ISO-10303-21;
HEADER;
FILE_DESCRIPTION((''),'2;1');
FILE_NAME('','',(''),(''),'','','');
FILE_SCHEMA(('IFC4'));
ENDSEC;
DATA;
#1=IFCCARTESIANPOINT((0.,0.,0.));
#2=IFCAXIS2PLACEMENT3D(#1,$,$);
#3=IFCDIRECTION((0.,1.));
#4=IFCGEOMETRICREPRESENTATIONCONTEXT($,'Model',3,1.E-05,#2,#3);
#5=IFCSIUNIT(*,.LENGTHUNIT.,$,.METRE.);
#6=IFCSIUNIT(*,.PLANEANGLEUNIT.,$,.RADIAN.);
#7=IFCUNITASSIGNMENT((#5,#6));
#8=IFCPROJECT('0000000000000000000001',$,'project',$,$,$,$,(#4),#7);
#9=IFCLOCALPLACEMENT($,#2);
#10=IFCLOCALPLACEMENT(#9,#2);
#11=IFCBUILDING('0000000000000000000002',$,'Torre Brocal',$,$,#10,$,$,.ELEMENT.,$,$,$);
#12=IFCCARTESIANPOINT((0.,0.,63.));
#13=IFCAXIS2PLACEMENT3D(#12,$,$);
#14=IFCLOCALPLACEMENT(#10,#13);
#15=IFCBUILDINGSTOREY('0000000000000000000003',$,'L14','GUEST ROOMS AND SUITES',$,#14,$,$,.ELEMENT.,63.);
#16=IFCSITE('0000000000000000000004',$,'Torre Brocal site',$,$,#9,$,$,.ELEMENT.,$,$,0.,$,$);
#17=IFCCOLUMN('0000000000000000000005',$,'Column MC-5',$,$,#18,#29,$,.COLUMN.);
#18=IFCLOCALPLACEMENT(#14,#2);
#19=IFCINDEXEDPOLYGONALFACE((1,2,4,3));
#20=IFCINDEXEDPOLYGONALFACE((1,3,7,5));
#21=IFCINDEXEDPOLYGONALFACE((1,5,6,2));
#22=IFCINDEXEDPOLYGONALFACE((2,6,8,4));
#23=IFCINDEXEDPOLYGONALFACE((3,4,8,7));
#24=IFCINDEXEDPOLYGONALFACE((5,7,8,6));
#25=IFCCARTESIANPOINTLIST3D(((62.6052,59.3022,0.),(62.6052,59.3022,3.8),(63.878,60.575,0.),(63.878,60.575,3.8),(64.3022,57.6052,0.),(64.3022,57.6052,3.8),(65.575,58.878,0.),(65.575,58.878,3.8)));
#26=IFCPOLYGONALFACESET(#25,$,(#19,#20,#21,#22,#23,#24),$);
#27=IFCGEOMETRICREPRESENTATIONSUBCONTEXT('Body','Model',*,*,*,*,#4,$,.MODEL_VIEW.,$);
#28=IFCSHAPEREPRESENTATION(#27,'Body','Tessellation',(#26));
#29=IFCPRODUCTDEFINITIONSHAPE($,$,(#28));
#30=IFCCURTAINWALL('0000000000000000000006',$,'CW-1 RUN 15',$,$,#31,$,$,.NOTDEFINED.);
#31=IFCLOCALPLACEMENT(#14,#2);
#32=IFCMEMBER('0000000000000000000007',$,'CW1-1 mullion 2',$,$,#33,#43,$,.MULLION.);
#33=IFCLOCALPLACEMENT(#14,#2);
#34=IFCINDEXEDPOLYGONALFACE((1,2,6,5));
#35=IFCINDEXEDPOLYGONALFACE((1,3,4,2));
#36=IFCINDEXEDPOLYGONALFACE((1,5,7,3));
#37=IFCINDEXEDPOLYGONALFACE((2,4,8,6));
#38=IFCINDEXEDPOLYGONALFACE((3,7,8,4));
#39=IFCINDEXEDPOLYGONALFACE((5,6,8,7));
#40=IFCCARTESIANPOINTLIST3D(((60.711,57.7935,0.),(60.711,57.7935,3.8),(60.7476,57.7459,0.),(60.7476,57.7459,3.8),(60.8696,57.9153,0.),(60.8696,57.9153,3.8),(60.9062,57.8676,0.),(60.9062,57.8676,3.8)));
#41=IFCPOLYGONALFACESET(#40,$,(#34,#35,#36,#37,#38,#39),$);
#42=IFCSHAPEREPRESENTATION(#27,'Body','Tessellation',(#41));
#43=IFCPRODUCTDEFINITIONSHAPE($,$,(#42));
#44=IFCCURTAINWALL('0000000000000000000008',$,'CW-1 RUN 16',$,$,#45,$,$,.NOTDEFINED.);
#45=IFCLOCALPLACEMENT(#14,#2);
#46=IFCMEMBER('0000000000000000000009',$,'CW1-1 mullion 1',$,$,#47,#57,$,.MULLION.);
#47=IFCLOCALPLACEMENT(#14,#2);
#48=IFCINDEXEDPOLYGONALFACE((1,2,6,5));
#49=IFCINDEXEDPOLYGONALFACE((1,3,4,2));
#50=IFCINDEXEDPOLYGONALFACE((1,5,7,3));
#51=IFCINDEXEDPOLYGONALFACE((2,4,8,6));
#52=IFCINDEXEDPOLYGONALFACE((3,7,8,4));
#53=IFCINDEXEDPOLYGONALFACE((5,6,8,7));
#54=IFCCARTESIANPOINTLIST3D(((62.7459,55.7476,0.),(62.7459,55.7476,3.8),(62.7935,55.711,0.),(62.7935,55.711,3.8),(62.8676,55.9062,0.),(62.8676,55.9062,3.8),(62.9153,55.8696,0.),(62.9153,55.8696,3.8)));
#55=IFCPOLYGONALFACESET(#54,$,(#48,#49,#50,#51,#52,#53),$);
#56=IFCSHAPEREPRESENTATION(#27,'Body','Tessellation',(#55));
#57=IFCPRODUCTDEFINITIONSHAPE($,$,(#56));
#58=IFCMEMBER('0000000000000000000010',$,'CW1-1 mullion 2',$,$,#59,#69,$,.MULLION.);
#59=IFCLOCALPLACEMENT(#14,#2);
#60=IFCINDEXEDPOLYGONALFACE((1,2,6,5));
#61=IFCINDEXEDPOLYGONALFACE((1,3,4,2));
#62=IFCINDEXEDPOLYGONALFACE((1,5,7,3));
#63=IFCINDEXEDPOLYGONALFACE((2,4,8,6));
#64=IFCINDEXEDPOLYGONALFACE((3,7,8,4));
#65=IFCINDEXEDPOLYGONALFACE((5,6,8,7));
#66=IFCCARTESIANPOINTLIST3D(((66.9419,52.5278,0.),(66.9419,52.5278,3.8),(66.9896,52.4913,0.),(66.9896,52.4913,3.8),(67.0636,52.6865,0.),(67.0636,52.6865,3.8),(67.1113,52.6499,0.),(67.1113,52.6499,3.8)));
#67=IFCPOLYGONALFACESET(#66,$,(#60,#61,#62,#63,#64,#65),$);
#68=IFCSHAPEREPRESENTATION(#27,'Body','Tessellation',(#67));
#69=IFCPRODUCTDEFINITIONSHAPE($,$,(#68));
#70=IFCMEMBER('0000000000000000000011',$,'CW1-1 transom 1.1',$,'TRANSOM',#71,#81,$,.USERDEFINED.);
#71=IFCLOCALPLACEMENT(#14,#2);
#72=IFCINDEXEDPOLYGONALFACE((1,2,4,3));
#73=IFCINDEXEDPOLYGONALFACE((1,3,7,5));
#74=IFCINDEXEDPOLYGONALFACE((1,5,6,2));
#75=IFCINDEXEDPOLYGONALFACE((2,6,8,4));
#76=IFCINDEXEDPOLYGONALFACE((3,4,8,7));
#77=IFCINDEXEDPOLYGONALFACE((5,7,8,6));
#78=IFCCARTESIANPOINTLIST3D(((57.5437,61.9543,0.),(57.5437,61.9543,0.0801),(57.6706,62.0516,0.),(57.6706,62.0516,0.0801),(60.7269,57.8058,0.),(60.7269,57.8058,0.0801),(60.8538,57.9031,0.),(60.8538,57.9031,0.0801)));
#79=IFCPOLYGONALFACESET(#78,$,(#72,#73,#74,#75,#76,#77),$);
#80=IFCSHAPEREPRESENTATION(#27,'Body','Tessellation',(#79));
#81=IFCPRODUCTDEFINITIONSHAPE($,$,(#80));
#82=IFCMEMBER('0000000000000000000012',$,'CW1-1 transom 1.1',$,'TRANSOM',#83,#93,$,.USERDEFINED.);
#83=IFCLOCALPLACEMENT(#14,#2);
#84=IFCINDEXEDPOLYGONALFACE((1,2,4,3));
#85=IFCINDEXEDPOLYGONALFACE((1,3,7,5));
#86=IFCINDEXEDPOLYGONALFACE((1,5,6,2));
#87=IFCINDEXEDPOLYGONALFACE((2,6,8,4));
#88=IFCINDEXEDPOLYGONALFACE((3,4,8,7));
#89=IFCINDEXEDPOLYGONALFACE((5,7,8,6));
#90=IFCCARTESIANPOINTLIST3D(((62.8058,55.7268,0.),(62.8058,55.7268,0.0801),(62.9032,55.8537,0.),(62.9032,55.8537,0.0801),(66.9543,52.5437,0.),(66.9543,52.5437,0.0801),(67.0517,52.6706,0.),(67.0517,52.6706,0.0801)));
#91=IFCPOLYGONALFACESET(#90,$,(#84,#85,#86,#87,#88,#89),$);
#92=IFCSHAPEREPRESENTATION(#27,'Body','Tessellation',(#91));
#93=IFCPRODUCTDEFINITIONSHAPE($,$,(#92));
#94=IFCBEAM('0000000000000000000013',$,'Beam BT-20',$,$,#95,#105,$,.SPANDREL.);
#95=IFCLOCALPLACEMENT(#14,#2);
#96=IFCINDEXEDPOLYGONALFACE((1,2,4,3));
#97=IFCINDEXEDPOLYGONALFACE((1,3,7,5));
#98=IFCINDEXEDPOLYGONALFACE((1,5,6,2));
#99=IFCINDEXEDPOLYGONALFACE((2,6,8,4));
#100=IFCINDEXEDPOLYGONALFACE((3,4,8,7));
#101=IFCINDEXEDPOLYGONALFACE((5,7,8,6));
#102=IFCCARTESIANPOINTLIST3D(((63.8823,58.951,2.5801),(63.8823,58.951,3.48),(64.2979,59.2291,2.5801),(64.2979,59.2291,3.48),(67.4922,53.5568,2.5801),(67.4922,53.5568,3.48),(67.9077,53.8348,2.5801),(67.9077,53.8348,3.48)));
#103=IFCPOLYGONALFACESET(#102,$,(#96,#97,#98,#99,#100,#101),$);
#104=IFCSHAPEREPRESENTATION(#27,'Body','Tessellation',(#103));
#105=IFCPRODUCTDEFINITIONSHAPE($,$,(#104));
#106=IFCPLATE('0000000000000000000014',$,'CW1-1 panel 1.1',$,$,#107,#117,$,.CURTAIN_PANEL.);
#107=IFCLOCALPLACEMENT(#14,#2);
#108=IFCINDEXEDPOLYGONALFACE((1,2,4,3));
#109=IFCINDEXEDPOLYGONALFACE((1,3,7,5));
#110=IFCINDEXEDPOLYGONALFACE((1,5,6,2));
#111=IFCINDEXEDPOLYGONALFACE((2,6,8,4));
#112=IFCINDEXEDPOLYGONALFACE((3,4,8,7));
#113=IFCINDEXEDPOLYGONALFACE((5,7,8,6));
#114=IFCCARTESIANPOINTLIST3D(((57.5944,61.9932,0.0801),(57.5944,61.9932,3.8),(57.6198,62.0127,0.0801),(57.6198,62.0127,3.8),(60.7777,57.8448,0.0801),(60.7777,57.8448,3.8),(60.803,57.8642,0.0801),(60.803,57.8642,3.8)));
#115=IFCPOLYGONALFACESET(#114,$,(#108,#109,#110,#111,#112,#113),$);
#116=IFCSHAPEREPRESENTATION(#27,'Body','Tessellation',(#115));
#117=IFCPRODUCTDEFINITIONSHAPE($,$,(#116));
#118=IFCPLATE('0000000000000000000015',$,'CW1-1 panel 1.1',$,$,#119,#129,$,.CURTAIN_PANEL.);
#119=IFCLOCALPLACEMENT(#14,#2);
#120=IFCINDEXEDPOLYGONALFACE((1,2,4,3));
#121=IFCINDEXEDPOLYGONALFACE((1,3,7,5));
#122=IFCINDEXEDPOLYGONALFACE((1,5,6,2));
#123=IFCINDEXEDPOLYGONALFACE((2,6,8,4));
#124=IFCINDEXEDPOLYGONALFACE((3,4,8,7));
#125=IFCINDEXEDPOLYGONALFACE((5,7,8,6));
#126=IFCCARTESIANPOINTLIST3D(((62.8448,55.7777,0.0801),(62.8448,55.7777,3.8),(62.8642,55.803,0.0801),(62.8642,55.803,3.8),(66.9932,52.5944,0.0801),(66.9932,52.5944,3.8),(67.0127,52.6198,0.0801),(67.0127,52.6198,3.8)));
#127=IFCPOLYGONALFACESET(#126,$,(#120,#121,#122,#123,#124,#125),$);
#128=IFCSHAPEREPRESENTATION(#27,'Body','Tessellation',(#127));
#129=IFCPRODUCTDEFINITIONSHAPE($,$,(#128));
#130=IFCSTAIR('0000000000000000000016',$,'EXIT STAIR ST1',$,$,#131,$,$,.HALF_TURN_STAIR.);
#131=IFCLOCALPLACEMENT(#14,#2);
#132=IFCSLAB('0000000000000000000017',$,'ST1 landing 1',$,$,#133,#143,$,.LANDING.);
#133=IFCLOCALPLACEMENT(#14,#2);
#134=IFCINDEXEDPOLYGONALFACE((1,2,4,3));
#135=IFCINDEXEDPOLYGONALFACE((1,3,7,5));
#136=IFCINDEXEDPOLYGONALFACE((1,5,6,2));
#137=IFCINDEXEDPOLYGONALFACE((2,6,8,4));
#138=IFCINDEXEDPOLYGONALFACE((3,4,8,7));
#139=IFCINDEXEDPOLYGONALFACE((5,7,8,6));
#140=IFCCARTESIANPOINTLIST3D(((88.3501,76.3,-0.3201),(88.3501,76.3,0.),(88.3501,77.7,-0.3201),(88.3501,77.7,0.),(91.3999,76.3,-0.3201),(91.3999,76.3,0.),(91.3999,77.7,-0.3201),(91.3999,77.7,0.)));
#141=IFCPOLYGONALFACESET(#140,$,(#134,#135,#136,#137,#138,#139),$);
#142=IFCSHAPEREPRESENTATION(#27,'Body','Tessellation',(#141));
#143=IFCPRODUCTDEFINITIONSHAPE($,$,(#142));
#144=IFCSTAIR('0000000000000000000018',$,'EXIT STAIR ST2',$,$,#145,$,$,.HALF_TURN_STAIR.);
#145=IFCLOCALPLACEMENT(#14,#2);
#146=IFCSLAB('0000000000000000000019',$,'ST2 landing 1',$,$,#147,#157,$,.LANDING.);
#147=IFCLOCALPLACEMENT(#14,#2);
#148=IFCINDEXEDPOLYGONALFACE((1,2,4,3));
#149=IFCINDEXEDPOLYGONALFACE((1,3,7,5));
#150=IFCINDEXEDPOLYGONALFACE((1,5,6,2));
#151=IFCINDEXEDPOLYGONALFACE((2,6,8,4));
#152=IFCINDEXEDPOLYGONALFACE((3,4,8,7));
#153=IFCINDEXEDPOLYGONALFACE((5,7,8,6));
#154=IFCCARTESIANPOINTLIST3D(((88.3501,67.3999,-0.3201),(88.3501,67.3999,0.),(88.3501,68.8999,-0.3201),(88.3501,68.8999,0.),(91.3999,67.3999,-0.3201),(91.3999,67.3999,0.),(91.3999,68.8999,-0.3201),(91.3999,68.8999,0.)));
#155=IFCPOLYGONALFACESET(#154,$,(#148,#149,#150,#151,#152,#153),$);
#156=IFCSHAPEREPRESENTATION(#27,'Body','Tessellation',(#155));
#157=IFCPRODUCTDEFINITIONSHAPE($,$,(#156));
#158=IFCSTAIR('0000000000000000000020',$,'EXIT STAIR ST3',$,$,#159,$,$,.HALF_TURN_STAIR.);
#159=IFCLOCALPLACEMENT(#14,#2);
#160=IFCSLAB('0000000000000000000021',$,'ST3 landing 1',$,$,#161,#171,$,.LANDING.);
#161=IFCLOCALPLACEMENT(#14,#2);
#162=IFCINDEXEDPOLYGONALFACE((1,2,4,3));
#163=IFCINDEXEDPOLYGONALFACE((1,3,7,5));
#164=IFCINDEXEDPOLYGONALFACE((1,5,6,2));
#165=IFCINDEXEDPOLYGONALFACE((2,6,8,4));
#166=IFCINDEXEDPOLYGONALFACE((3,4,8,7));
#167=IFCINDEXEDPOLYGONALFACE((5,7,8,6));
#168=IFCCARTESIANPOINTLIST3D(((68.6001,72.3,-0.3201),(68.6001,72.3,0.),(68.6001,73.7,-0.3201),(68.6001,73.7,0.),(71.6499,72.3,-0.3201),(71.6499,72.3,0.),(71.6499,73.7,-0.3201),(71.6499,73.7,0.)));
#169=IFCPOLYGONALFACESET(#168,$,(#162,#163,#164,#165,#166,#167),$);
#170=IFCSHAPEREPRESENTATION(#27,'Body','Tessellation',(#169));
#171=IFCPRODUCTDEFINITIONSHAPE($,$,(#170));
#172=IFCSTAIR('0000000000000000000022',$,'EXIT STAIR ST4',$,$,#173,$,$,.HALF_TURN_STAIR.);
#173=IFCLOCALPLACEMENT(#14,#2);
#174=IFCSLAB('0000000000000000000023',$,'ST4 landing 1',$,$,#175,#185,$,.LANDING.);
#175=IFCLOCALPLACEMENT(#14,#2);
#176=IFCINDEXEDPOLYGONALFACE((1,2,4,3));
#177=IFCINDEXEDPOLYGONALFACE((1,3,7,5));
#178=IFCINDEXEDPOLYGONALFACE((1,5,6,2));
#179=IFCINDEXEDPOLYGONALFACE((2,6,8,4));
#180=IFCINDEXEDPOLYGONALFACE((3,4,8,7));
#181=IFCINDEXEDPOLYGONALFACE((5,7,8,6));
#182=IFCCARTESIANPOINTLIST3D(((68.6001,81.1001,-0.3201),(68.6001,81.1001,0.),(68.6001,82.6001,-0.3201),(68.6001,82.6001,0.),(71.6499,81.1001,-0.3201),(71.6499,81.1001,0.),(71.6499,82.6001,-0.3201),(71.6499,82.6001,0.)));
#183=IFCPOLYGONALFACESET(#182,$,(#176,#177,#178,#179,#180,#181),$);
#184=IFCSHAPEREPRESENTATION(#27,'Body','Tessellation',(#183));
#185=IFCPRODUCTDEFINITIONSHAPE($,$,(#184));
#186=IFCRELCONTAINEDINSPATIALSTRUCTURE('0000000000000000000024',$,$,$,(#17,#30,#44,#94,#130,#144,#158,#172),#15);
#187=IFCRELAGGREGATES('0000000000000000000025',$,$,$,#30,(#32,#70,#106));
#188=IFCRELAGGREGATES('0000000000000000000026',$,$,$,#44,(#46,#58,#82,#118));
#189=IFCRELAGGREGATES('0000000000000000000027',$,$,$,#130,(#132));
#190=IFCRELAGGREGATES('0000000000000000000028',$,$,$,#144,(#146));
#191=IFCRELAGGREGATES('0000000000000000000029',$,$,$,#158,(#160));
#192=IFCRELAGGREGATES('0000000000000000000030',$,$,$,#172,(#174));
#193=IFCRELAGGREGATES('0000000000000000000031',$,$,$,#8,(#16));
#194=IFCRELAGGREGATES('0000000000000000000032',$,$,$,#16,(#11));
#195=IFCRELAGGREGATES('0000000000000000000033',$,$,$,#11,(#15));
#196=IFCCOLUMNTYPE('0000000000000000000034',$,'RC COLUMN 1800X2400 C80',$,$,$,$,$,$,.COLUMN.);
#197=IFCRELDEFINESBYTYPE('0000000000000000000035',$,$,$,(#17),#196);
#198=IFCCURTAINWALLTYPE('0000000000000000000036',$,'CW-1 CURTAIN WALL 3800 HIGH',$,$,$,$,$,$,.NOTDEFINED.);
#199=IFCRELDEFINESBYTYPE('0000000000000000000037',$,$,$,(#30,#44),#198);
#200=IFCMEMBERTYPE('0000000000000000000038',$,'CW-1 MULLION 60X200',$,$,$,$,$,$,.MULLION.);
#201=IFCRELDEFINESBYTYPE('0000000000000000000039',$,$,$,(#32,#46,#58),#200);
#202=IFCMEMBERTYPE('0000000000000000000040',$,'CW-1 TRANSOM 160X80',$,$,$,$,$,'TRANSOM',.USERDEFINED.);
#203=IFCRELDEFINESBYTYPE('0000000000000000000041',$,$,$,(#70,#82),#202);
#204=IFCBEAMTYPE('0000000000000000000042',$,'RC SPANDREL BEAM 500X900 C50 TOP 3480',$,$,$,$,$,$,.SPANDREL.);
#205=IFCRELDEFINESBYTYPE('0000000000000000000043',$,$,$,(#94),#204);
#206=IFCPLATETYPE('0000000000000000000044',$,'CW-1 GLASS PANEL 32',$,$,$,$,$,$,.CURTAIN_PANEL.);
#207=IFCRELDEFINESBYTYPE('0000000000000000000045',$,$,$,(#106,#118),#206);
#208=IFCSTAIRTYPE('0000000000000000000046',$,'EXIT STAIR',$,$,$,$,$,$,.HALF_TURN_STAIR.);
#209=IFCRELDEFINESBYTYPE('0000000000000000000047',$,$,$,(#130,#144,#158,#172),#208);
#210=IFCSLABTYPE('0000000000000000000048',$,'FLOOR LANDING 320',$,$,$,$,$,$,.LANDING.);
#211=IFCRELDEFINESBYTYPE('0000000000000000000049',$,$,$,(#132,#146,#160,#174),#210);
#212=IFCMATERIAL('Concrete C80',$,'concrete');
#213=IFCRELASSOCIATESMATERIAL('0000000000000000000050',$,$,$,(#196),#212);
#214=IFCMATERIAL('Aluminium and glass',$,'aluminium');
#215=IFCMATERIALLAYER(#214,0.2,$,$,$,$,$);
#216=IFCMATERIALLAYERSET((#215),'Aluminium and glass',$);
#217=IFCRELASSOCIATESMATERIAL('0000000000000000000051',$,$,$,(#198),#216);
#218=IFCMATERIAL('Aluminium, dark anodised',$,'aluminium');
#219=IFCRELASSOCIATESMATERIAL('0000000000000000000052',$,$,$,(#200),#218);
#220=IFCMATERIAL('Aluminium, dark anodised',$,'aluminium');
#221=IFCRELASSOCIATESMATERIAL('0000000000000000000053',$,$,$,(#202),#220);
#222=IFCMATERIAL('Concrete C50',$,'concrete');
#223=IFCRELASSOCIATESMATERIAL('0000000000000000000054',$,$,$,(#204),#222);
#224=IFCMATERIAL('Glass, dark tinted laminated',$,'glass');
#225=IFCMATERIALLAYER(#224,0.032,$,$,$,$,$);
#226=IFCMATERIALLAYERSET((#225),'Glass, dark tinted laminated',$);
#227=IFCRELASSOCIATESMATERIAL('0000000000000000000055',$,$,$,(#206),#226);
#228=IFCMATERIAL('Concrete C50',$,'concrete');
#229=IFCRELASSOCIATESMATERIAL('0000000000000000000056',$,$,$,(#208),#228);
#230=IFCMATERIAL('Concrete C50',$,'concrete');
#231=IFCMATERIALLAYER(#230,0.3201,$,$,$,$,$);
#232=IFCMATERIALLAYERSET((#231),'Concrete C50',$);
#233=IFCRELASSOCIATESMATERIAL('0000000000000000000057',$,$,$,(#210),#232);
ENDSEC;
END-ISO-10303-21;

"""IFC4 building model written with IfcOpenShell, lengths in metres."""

from ifc_helpers import new_model, si_unit, direction, frame, origin, origin_2d, place, context, subcontext, project, spatial, polyline, rectangle, outline, extrude, material, layer, layer_set, material_profile, profile_set, type_object, element, aggregate, save


model = new_model("IFC4")

# Units and contexts
model_context = context("Model", 3, precision=1e-05, world=origin(), true_north=direction((0.0, 1.0)))
body_context = subcontext(model_context, "Body", "Model", "MODEL_VIEW")
ifc_project = project(units=[si_unit("LENGTHUNIT", "METRE"), si_unit("PLANEANGLEUNIT", "RADIAN")], contexts=[model_context])

# Site, building, storey
site_placement = place(None, origin())
site = spatial("IfcSite", under=ifc_project, at=site_placement, Name="Torre Brocal site", CompositionType="ELEMENT", RefElevation=0.0)
building_placement = place(site_placement, origin())
building = spatial("IfcBuilding", under=site, at=building_placement, Name="Torre Brocal", CompositionType="ELEMENT")
storey_placement = place(building_placement, frame((0.0, 0.0, 63.0)))
storey = spatial("IfcBuildingStorey", under=building, at=storey_placement, Name="L14", Description="GUEST ROOMS AND SUITES", CompositionType="ELEMENT", Elevation=63.0)

# Column
ifc_material_1 = material(Name="Concrete C80", Category="concrete")
ifc_material_profile_1 = material_profile(ifc_material_1, rectangle(XDim=1.8, YDim=2.3999, at=origin_2d()), Name="RC 1800X2400")
ifc_profile_set_1 = profile_set([ifc_material_profile_1], Name="Concrete C80")
column_type = type_object("IfcColumnType", Name="RC COLUMN 1800X2400 C80", PredefinedType="COLUMN", material=ifc_profile_set_1)
column_placement = place(storey_placement, frame((64.0901, 59.0901, 0.0), z_axis=(0.0, 0.0, 1.0), x_axis=(-0.707107, -0.707107, 0.0)))
element("IfcColumn", 1, at=column_placement, inside=storey, type_object=column_type, Name="Column MC-5", PredefinedType="COLUMN", context=body_context, shape_type="SweptSolid", body=[
    extrude(rectangle(XDim=1.8, YDim=2.3999, at=origin_2d()), origin(), (0.0, 0.0, 1.0), 3.8),
])

# Curtain wall, member
ifc_material_2 = material(Name="Aluminium and glass", Category="aluminium")
ifc_layer_1 = layer(ifc_material_2, 0.2)
ifc_layer_set_1 = layer_set([ifc_layer_1], Name="Aluminium and glass")
curtain_wall_type = type_object("IfcCurtainWallType", Name="CW-1 CURTAIN WALL 3800 HIGH", PredefinedType="NOTDEFINED", material=ifc_layer_set_1)
curtain_wall_1_placement = place(storey_placement, origin())
curtain_wall_1 = element("IfcCurtainWall", 2, at=curtain_wall_1_placement, inside=storey, type_object=curtain_wall_type, Name="CW-1 RUN 15", PredefinedType="NOTDEFINED")
ifc_material_3 = material(Name="Aluminium, dark anodised", Category="aluminium")
ifc_material_profile_2 = material_profile(ifc_material_3, rectangle(XDim=0.2, YDim=0.0601, at=origin_2d()), Name="CW-1 MULLION 60X200")
ifc_profile_set_2 = profile_set([ifc_material_profile_2], Name="Aluminium, dark anodised")
member_type_1 = type_object("IfcMemberType", Name="CW-1 MULLION 60X200", PredefinedType="MULLION", material=ifc_profile_set_2)
member_1_placement = place(storey_placement, frame((60.8086, 57.8306, 0.0), z_axis=(0.0, 0.0, 1.0), x_axis=(0.793353, 0.608761, 0.0)))
member_1 = element("IfcMember", 3, at=member_1_placement, type_object=member_type_1, Name="CW1-1 mullion 2", PredefinedType="MULLION", context=body_context, shape_type="SweptSolid", body=[
    extrude(rectangle(XDim=0.2, YDim=0.0601, at=origin_2d()), origin(), (0.0, 0.0, 1.0), 3.8),
])

# Curtain wall, members
curtain_wall_2_placement = place(storey_placement, origin())
curtain_wall_2 = element("IfcCurtainWall", 4, at=curtain_wall_2_placement, inside=storey, type_object=curtain_wall_type, Name="CW-1 RUN 16", PredefinedType="NOTDEFINED")
member_2_placement = place(storey_placement, frame((62.8306, 55.8086, 0.0), z_axis=(0.0, 0.0, 1.0), x_axis=(0.608761, 0.793353, 0.0)))
member_2 = element("IfcMember", 5, at=member_2_placement, type_object=member_type_1, Name="CW1-1 mullion 1", PredefinedType="MULLION", context=body_context, shape_type="SweptSolid", body=[
    extrude(rectangle(XDim=0.2, YDim=0.0601, at=origin_2d()), origin(), (0.0, 0.0, 1.0), 3.8),
])
member_3_placement = place(storey_placement, frame((67.0266, 52.5889, 0.0), z_axis=(0.0, 0.0, 1.0), x_axis=(0.608761, 0.793353, 0.0)))
member_3 = element("IfcMember", 6, at=member_3_placement, type_object=member_type_1, Name="CW1-1 mullion 2", PredefinedType="MULLION", context=body_context, shape_type="SweptSolid", body=[
    extrude(rectangle(XDim=0.2, YDim=0.0601, at=origin_2d()), origin(), (0.0, 0.0, 1.0), 3.8),
])

# Members
ifc_material_4 = material(Name="Aluminium, dark anodised", Category="aluminium")
ifc_material_profile_3 = material_profile(ifc_material_4, rectangle(XDim=0.1599, YDim=0.0801, at=origin_2d()), Name="CW-1 TRANSOM 160X80")
ifc_profile_set_3 = profile_set([ifc_material_profile_3], Name="Aluminium, dark anodised")
member_type_2 = type_object("IfcMemberType", Name="CW-1 TRANSOM 160X80", ElementType="TRANSOM", PredefinedType="USERDEFINED", material=ifc_profile_set_3)
member_4_placement = place(storey_placement, frame((57.6072, 62.0029, 0.04), z_axis=(0.608749, -0.793363, 0.0), x_axis=(0.793363, 0.608749, 0.0)))
member_4 = element("IfcMember", 7, at=member_4_placement, type_object=member_type_2, Name="CW1-1 transom 1.1", ObjectType="TRANSOM", PredefinedType="USERDEFINED", context=body_context, shape_type="SweptSolid", body=[
    extrude(rectangle(XDim=0.1599, YDim=0.0801, at=origin_2d()), origin(), (0.0, 0.0, 1.0), 5.229),
])
member_5_placement = place(storey_placement, frame((62.8545, 55.7903, 0.04), z_axis=(0.793363, -0.608749, 0.0), x_axis=(0.608749, 0.793363, 0.0)))
member_5 = element("IfcMember", 8, at=member_5_placement, type_object=member_type_2, Name="CW1-1 transom 1.1", ObjectType="TRANSOM", PredefinedType="USERDEFINED", context=body_context, shape_type="SweptSolid", body=[
    extrude(rectangle(XDim=0.1599, YDim=0.0801, at=origin_2d()), origin(), (0.0, 0.0, 1.0), 5.229),
])

# Beam
ifc_material_5 = material(Name="Concrete C50", Category="concrete")
ifc_material_profile_4 = material_profile(ifc_material_5, rectangle(XDim=0.5, YDim=0.8999, at=origin_2d()), Name="RC 500X900")
ifc_profile_set_4 = profile_set([ifc_material_profile_4], Name="Concrete C50")
beam_type = type_object("IfcBeamType", Name="RC SPANDREL BEAM 500X900 C50 TOP 3480", PredefinedType="SPANDREL", material=ifc_profile_set_4)
beam_placement = place(storey_placement, frame((64.0901, 59.0901, 3.03), z_axis=(0.556158, -0.831077, 0.0), x_axis=(0.831077, 0.556158, 0.0)))
element("IfcBeam", 9, at=beam_placement, inside=storey, type_object=beam_type, Name="Beam BT-20", PredefinedType="SPANDREL", context=body_context, shape_type="SweptSolid", body=[
    extrude(rectangle(XDim=0.5, YDim=0.8999, at=origin_2d()), origin(), (0.0, 0.0, 1.0), 6.4907),
])

# Plates
ifc_material_6 = material(Name="Glass, dark tinted laminated", Category="glass")
ifc_layer_2 = layer(ifc_material_6, 0.032)
ifc_layer_set_2 = layer_set([ifc_layer_2], Name="Glass, dark tinted laminated")
plate_type = type_object("IfcPlateType", Name="CW-1 GLASS PANEL 32", PredefinedType="CURTAIN_PANEL", material=ifc_layer_set_2)
plate_1_placement = place(storey_placement, frame((59.1987, 59.9287, 0.0801), z_axis=(0.0, 0.0, 1.0), x_axis=(0.608761, -0.793353, 0.0)))
plate_1 = element("IfcPlate", 10, at=plate_1_placement, type_object=plate_type, Name="CW1-1 panel 1.1", PredefinedType="CURTAIN_PANEL", context=body_context, shape_type="SweptSolid", body=[
    extrude(rectangle(XDim=5.229, YDim=0.032, at=origin_2d()), origin(), (0.0, 0.0, 1.0), 3.72),
])
aggregate(curtain_wall_1, [member_1, member_4, plate_1])
plate_2_placement = place(storey_placement, frame((64.9287, 54.1987, 0.0801), z_axis=(0.0, 0.0, 1.0), x_axis=(0.793353, -0.608761, 0.0)))
plate_2 = element("IfcPlate", 11, at=plate_2_placement, type_object=plate_type, Name="CW1-1 panel 1.1", PredefinedType="CURTAIN_PANEL", context=body_context, shape_type="SweptSolid", body=[
    extrude(rectangle(XDim=5.229, YDim=0.032, at=origin_2d()), origin(), (0.0, 0.0, 1.0), 3.72),
])
aggregate(curtain_wall_2, [member_2, member_3, member_5, plate_2])

# Stairs, slabs
ifc_material_7 = material(Name="Concrete C50", Category="concrete")
stair_type = type_object("IfcStairType", Name="EXIT STAIR", PredefinedType="HALF_TURN_STAIR", material=ifc_material_7)
stair_1_placement = place(storey_placement, origin())
stair_1 = element("IfcStair", 12, at=stair_1_placement, inside=storey, type_object=stair_type, Name="EXIT STAIR ST1", PredefinedType="HALF_TURN_STAIR")
ifc_material_8 = material(Name="Concrete C50", Category="concrete")
ifc_layer_3 = layer(ifc_material_8, 0.3201)
ifc_layer_set_3 = layer_set([ifc_layer_3], Name="Concrete C50")
slab_type_1 = type_object("IfcSlabType", Name="FLOOR LANDING 320", PredefinedType="LANDING", material=ifc_layer_set_3)
slab_1_placement = place(storey_placement, frame((0.0, 0.0, -0.3201)))
slab_1 = element("IfcSlab", 13, at=slab_1_placement, type_object=slab_type_1, Name="ST1 landing 1", PredefinedType="LANDING", context=body_context, shape_type="SweptSolid", body=[
    extrude(outline(polyline([(88.3501, 76.3), (91.3999, 76.3), (91.3999, 77.7), (88.3501, 77.7), (88.3501, 76.3)])), origin(), (0.0, 0.0, 1.0), 0.3201),
])
stair_2_placement = place(storey_placement, origin())
stair_2 = element("IfcStair", 14, at=stair_2_placement, inside=storey, type_object=stair_type, Name="EXIT STAIR ST2", PredefinedType="HALF_TURN_STAIR")
slab_2_placement = place(storey_placement, frame((0.0, 0.0, -0.3201)))
slab_2 = element("IfcSlab", 15, at=slab_2_placement, type_object=slab_type_1, Name="ST2 landing 1", PredefinedType="LANDING", context=body_context, shape_type="SweptSolid", body=[
    extrude(outline(polyline([(88.3501, 67.3999), (91.3999, 67.3999), (91.3999, 68.8999), (88.3501, 68.8999), (88.3501, 67.3999)])), origin(), (0.0, 0.0, 1.0), 0.3201),
])
stair_3_placement = place(storey_placement, origin())
stair_3 = element("IfcStair", 16, at=stair_3_placement, inside=storey, type_object=stair_type, Name="EXIT STAIR ST3", PredefinedType="HALF_TURN_STAIR")
slab_3_placement = place(storey_placement, frame((0.0, 0.0, -0.3201)))
slab_3 = element("IfcSlab", 17, at=slab_3_placement, type_object=slab_type_1, Name="ST3 landing 1", PredefinedType="LANDING", context=body_context, shape_type="SweptSolid", body=[
    extrude(outline(polyline([(71.6499, 73.7), (68.6001, 73.7), (68.6001, 72.3), (71.6499, 72.3), (71.6499, 73.7)])), origin(), (0.0, 0.0, 1.0), 0.3201),
])
stair_4_placement = place(storey_placement, origin())
stair_4 = element("IfcStair", 18, at=stair_4_placement, inside=storey, type_object=stair_type, Name="EXIT STAIR ST4", PredefinedType="HALF_TURN_STAIR")
slab_4_placement = place(storey_placement, frame((0.0, 0.0, -0.3201)))
slab_4 = element("IfcSlab", 19, at=slab_4_placement, type_object=slab_type_1, Name="ST4 landing 1", PredefinedType="LANDING", context=body_context, shape_type="SweptSolid", body=[
    extrude(outline(polyline([(71.6499, 82.6001), (68.6001, 82.6001), (68.6001, 81.1001), (71.6499, 81.1001), (71.6499, 82.6001)])), origin(), (0.0, 0.0, 1.0), 0.3201),
])

aggregate(stair_1, [slab_1])
aggregate(stair_2, [slab_2])
aggregate(stair_3, [slab_3])
aggregate(stair_4, [slab_4])

save(model, "model.ifc")
